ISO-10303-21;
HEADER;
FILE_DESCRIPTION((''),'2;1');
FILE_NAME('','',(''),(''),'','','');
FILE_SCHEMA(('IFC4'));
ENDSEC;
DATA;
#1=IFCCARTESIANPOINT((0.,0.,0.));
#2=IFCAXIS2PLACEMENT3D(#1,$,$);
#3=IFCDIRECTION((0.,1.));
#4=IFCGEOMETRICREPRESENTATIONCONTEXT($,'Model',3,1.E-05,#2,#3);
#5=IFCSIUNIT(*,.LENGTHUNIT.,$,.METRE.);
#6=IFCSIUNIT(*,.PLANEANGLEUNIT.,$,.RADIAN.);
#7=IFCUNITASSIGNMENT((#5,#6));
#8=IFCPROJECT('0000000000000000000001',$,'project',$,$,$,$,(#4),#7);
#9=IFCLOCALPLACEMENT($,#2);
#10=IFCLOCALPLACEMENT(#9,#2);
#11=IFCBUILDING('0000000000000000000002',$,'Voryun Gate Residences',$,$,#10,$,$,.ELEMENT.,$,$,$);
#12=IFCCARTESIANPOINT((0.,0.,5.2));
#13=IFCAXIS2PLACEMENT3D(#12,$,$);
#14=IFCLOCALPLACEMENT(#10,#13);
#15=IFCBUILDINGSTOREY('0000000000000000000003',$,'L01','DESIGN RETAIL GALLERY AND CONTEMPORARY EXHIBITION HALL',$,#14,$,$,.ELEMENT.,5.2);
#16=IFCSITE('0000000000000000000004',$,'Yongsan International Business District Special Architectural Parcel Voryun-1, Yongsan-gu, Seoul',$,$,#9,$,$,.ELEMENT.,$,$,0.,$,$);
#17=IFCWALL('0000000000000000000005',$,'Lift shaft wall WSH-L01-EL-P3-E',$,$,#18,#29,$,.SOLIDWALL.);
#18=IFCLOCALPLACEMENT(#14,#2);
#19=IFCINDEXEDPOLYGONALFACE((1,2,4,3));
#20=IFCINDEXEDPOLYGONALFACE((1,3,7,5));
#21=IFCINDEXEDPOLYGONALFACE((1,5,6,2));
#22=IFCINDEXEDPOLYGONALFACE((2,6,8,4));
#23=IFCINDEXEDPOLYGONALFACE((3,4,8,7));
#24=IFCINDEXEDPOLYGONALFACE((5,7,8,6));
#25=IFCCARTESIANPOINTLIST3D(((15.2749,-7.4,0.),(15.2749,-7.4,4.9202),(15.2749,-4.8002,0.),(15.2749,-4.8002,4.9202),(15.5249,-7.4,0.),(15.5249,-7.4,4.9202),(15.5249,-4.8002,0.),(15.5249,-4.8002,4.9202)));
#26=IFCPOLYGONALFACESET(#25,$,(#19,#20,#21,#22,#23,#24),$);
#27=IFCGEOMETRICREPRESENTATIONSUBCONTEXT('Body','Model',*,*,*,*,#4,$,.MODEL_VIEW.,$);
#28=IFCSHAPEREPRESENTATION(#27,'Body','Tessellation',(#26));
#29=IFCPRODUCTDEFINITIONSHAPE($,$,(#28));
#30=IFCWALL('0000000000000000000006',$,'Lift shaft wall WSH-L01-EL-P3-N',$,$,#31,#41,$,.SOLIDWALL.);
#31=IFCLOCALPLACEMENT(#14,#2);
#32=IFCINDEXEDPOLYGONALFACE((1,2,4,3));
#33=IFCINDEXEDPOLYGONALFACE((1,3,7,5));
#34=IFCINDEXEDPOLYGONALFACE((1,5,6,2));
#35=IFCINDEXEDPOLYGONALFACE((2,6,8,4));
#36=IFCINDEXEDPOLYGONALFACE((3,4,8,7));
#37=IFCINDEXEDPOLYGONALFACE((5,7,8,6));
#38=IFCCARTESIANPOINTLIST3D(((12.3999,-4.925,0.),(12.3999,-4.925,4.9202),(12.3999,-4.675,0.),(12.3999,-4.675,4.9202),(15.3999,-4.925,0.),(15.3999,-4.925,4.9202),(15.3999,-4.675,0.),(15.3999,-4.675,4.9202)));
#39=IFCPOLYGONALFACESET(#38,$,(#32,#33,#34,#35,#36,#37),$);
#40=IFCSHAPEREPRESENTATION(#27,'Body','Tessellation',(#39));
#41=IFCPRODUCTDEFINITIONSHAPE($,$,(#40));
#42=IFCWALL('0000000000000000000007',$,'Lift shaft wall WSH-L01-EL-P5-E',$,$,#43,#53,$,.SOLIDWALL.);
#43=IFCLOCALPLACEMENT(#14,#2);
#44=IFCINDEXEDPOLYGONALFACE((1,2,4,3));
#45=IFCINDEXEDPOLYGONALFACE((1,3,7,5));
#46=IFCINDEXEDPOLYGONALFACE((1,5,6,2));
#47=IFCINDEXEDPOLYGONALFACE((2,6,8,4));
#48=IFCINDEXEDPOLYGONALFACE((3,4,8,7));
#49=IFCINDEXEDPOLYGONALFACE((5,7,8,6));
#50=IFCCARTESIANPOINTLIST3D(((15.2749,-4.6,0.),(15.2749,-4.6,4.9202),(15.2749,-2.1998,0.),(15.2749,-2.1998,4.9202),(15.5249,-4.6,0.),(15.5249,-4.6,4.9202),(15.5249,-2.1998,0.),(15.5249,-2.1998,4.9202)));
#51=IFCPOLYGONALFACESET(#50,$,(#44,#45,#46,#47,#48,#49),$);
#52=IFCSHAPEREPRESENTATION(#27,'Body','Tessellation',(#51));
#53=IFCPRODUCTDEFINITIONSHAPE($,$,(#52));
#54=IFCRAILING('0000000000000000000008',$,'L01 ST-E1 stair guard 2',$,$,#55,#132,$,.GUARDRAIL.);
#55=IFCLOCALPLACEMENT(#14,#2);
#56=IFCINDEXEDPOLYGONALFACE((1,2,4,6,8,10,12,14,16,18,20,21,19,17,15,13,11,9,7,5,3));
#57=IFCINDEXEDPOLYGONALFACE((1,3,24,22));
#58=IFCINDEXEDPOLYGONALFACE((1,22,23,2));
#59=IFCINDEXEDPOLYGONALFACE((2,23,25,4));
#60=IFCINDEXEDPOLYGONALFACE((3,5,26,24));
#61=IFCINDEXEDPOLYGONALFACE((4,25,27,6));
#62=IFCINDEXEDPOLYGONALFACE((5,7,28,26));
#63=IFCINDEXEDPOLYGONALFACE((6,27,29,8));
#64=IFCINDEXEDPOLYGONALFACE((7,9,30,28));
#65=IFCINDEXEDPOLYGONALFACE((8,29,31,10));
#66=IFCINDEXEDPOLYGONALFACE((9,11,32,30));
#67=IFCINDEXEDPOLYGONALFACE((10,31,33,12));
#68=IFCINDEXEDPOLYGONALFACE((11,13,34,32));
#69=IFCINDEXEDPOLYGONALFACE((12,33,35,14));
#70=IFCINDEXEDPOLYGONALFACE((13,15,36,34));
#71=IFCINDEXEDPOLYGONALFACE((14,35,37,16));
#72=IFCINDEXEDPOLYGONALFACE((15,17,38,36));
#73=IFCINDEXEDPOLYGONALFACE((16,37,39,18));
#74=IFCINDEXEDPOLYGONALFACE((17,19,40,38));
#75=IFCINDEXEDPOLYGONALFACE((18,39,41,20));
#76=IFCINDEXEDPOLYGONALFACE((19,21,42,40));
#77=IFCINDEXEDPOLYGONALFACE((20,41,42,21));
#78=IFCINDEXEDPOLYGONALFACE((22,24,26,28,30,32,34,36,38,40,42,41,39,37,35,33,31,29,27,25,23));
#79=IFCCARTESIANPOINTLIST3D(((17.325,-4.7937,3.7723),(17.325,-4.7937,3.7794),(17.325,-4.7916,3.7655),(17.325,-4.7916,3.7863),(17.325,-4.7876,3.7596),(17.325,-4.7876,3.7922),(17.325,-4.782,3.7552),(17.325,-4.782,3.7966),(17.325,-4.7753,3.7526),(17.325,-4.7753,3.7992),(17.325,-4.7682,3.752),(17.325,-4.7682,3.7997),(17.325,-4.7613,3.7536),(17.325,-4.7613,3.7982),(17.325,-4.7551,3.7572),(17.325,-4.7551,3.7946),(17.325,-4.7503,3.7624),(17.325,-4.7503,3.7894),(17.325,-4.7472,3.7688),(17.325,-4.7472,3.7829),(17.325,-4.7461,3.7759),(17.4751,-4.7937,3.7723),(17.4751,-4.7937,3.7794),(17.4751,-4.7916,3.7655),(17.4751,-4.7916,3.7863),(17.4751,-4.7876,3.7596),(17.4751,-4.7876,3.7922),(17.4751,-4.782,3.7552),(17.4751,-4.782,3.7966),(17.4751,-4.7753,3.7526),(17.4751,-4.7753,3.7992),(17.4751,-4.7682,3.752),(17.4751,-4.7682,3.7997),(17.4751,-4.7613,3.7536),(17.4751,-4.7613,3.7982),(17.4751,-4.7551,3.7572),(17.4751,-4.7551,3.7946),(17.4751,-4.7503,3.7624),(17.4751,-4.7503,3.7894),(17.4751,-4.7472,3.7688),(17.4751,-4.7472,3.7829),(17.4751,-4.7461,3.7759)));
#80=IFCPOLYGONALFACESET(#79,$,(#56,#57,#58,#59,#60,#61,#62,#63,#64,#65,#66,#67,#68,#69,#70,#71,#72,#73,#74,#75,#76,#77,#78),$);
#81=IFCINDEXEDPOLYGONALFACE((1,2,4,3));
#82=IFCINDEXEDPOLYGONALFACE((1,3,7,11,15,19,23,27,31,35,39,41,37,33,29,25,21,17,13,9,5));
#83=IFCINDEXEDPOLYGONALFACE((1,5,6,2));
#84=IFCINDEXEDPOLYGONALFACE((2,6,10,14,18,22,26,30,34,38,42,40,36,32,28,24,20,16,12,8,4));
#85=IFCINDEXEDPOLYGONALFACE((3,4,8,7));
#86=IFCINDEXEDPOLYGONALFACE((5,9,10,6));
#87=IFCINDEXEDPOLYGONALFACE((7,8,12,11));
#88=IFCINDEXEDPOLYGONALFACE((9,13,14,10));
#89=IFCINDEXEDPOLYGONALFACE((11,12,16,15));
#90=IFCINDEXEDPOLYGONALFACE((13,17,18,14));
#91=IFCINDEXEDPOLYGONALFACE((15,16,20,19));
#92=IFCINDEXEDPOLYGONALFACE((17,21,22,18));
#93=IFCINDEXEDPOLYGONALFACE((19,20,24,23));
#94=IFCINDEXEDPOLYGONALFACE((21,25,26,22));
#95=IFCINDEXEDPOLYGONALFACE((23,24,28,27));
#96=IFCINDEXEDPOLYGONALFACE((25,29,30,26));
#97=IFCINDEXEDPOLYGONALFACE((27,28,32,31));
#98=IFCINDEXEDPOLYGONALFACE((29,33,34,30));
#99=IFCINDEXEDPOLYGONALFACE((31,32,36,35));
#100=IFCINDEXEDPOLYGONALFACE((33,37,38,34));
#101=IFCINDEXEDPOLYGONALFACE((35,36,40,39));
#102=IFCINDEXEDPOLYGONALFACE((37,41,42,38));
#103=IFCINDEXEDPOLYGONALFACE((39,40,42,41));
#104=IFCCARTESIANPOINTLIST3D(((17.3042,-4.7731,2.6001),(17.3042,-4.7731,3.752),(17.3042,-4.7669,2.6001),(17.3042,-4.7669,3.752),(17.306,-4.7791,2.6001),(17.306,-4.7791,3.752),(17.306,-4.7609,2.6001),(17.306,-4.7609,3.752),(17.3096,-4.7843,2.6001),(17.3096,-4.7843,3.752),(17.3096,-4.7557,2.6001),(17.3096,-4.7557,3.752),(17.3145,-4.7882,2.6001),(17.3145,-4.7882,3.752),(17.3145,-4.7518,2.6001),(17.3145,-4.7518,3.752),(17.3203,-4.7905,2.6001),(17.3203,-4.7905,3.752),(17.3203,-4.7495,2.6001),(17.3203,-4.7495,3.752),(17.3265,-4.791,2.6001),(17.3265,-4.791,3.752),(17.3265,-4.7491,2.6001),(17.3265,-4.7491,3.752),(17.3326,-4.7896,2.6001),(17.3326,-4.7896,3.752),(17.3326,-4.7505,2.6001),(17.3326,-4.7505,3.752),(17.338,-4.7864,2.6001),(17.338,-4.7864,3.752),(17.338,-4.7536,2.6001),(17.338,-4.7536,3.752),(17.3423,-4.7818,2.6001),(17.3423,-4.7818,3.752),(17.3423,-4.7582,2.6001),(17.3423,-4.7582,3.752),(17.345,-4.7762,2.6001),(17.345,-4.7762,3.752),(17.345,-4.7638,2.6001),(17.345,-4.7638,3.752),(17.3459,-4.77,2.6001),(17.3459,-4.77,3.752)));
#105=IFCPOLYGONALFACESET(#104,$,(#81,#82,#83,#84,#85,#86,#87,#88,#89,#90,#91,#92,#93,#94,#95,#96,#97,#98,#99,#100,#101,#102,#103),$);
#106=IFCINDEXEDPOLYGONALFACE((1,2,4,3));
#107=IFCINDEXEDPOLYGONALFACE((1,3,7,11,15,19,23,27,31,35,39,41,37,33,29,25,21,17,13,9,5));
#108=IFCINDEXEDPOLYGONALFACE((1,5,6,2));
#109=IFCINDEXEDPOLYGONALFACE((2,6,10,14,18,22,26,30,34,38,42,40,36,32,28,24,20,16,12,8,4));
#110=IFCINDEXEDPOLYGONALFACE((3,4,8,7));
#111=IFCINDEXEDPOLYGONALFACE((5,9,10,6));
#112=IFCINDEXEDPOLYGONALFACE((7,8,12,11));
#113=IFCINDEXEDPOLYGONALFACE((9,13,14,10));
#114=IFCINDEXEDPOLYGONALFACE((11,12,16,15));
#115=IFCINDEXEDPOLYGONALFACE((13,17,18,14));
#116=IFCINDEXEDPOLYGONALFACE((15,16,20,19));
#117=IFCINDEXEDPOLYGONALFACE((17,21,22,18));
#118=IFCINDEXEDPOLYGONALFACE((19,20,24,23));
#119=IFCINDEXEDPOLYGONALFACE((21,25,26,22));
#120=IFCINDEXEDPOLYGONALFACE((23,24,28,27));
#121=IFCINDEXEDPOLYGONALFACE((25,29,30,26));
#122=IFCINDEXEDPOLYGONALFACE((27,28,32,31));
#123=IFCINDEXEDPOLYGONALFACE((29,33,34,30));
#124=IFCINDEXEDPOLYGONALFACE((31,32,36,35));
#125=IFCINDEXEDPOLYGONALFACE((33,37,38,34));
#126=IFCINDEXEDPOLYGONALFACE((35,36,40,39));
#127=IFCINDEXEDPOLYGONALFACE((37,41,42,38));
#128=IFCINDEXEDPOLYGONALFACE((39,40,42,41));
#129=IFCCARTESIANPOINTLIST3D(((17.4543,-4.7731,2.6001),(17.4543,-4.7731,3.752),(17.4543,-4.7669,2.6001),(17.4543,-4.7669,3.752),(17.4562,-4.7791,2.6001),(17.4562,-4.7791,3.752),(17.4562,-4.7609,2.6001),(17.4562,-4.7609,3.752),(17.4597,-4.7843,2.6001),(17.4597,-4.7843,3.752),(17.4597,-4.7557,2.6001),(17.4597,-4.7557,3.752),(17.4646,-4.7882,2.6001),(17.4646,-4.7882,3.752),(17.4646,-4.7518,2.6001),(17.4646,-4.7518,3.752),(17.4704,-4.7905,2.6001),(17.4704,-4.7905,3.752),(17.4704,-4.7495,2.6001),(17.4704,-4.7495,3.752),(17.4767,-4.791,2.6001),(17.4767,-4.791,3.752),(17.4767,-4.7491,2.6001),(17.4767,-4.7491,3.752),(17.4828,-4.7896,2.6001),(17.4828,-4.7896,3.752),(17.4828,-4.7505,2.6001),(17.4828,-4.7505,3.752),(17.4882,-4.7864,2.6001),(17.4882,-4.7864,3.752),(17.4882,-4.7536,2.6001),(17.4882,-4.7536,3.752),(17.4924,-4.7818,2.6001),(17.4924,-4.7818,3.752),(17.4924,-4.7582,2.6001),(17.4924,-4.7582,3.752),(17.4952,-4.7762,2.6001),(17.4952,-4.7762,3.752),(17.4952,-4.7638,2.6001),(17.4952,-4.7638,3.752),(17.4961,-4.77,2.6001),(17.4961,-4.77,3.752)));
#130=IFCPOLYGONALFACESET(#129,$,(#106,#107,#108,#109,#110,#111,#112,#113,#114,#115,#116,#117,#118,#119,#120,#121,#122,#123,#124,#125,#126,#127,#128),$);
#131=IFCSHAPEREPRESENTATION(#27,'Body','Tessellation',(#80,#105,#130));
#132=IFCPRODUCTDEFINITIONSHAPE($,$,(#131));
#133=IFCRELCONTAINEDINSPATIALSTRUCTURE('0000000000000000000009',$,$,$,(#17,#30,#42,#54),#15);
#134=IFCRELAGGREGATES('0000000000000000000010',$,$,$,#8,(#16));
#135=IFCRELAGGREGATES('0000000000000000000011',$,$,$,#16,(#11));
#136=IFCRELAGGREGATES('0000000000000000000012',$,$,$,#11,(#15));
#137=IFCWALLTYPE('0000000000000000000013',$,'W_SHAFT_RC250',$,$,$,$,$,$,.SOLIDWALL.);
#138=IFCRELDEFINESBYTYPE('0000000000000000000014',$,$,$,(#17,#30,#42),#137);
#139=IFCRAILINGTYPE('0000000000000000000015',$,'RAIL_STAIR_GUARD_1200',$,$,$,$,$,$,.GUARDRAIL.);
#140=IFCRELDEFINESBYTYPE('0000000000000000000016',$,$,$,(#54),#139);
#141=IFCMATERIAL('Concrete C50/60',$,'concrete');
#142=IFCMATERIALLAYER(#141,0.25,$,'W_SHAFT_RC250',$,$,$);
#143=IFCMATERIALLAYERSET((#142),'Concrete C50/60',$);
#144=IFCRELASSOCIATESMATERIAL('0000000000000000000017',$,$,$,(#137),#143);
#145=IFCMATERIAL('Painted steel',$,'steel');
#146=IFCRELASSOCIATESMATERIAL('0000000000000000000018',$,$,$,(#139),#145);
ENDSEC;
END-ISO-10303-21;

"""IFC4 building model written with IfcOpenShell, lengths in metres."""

from ifc_helpers import new_model, si_unit, direction, frame, frame_2d, origin, origin_2d, place, context, subcontext, project, spatial, rectangle, circle, extrude, material, layer, layer_set, type_object, element, save


model = new_model("IFC4")

# Units and contexts
model_context = context("Model", 3, precision=1e-05, world=origin(), true_north=direction((0.0, 1.0)))
body_context = subcontext(model_context, "Body", "Model", "MODEL_VIEW")
ifc_project = project(units=[si_unit("LENGTHUNIT", "METRE"), si_unit("PLANEANGLEUNIT", "RADIAN")], contexts=[model_context])

# Site, building, storey
site_placement = place(None, origin())
site = spatial("IfcSite", under=ifc_project, at=site_placement, Name="Yongsan International Business District Special Architectural Parcel Voryun-1, Yongsan-gu, Seoul", CompositionType="ELEMENT", RefElevation=0.0)
building_placement = place(site_placement, origin())
building = spatial("IfcBuilding", under=site, at=building_placement, Name="Voryun Gate Residences", CompositionType="ELEMENT")
storey_placement = place(building_placement, frame((0.0, 0.0, 5.2)))
storey = spatial("IfcBuildingStorey", under=building, at=storey_placement, Name="L01", Description="DESIGN RETAIL GALLERY AND CONTEMPORARY EXHIBITION HALL", CompositionType="ELEMENT", Elevation=5.2)

# Walls
ifc_material_1 = material(Name="Concrete C50/60", Category="concrete")
ifc_layer_1 = layer(ifc_material_1, 0.25, Name="W_SHAFT_RC250")
ifc_layer_set_1 = layer_set([ifc_layer_1], Name="Concrete C50/60")
wall_type = type_object("IfcWallType", Name="W_SHAFT_RC250", PredefinedType="SOLIDWALL", material=ifc_layer_set_1)
wall_1_placement = place(storey_placement, frame((15.3999, -7.3999, 0.0), z_axis=(0.0, 0.0, 1.0), x_axis=(0.0, 1.0, 0.0)))
element("IfcWall", 1, at=wall_1_placement, inside=storey, type_object=wall_type, Name="Lift shaft wall WSH-L01-EL-P3-E", PredefinedType="SOLIDWALL", context=body_context, shape_type="SweptSolid", body=[
    extrude(rectangle(XDim=2.5999, YDim=0.25, at=frame_2d((1.2998, 0.0))), origin(), (0.0, 0.0, 1.0), 4.9202),
])
wall_2_placement = place(storey_placement, frame((15.3999, -4.8, 0.0), z_axis=(0.0, 0.0, 1.0), x_axis=(-1.0, 0.0, 0.0)))
element("IfcWall", 2, at=wall_2_placement, inside=storey, type_object=wall_type, Name="Lift shaft wall WSH-L01-EL-P3-N", PredefinedType="SOLIDWALL", context=body_context, shape_type="SweptSolid", body=[
    extrude(rectangle(XDim=3.0, YDim=0.25, at=frame_2d((1.5, 0.0))), origin(), (0.0, 0.0, 1.0), 4.9202),
])
wall_3_placement = place(storey_placement, frame((15.3999, -4.6001, 0.0), z_axis=(0.0, 0.0, 1.0), x_axis=(0.0, 1.0, 0.0)))
element("IfcWall", 3, at=wall_3_placement, inside=storey, type_object=wall_type, Name="Lift shaft wall WSH-L01-EL-P5-E", PredefinedType="SOLIDWALL", context=body_context, shape_type="SweptSolid", body=[
    extrude(rectangle(XDim=2.4001, YDim=0.25, at=frame_2d((1.2002, 0.0))), origin(), (0.0, 0.0, 1.0), 4.9202),
])

# Railing
ifc_material_2 = material(Name="Painted steel", Category="steel")
railing_type_1 = type_object("IfcRailingType", Name="RAIL_STAIR_GUARD_1200", PredefinedType="GUARDRAIL", material=ifc_material_2)
railing_1_placement = place(storey_placement, frame((17.325, -4.77, 2.6001)))
element("IfcRailing", 4, at=railing_1_placement, inside=storey, type_object=railing_type_1, Name="L01 ST-E1 stair guard 2", PredefinedType="GUARDRAIL", context=body_context, shape_type="SweptSolid", body=[
    extrude(circle(Radius=0.0239, at=origin_2d()), frame((0.0, 0.0, 1.1758), z_axis=(1.0, 0.0, 0.0), x_axis=(0.0, 1.0, 0.0)), (0.0, 0.0, 1.0), 0.1501),
    extrude(circle(Radius=0.021, at=origin_2d()), origin(), (0.0, 0.0, 1.0), 1.1519),
    extrude(circle(Radius=0.021, at=origin_2d()), frame((0.1501, 0.0, 0.0)), (0.0, 0.0, 1.0), 1.1519),
])

save(model, "model.ifc")
